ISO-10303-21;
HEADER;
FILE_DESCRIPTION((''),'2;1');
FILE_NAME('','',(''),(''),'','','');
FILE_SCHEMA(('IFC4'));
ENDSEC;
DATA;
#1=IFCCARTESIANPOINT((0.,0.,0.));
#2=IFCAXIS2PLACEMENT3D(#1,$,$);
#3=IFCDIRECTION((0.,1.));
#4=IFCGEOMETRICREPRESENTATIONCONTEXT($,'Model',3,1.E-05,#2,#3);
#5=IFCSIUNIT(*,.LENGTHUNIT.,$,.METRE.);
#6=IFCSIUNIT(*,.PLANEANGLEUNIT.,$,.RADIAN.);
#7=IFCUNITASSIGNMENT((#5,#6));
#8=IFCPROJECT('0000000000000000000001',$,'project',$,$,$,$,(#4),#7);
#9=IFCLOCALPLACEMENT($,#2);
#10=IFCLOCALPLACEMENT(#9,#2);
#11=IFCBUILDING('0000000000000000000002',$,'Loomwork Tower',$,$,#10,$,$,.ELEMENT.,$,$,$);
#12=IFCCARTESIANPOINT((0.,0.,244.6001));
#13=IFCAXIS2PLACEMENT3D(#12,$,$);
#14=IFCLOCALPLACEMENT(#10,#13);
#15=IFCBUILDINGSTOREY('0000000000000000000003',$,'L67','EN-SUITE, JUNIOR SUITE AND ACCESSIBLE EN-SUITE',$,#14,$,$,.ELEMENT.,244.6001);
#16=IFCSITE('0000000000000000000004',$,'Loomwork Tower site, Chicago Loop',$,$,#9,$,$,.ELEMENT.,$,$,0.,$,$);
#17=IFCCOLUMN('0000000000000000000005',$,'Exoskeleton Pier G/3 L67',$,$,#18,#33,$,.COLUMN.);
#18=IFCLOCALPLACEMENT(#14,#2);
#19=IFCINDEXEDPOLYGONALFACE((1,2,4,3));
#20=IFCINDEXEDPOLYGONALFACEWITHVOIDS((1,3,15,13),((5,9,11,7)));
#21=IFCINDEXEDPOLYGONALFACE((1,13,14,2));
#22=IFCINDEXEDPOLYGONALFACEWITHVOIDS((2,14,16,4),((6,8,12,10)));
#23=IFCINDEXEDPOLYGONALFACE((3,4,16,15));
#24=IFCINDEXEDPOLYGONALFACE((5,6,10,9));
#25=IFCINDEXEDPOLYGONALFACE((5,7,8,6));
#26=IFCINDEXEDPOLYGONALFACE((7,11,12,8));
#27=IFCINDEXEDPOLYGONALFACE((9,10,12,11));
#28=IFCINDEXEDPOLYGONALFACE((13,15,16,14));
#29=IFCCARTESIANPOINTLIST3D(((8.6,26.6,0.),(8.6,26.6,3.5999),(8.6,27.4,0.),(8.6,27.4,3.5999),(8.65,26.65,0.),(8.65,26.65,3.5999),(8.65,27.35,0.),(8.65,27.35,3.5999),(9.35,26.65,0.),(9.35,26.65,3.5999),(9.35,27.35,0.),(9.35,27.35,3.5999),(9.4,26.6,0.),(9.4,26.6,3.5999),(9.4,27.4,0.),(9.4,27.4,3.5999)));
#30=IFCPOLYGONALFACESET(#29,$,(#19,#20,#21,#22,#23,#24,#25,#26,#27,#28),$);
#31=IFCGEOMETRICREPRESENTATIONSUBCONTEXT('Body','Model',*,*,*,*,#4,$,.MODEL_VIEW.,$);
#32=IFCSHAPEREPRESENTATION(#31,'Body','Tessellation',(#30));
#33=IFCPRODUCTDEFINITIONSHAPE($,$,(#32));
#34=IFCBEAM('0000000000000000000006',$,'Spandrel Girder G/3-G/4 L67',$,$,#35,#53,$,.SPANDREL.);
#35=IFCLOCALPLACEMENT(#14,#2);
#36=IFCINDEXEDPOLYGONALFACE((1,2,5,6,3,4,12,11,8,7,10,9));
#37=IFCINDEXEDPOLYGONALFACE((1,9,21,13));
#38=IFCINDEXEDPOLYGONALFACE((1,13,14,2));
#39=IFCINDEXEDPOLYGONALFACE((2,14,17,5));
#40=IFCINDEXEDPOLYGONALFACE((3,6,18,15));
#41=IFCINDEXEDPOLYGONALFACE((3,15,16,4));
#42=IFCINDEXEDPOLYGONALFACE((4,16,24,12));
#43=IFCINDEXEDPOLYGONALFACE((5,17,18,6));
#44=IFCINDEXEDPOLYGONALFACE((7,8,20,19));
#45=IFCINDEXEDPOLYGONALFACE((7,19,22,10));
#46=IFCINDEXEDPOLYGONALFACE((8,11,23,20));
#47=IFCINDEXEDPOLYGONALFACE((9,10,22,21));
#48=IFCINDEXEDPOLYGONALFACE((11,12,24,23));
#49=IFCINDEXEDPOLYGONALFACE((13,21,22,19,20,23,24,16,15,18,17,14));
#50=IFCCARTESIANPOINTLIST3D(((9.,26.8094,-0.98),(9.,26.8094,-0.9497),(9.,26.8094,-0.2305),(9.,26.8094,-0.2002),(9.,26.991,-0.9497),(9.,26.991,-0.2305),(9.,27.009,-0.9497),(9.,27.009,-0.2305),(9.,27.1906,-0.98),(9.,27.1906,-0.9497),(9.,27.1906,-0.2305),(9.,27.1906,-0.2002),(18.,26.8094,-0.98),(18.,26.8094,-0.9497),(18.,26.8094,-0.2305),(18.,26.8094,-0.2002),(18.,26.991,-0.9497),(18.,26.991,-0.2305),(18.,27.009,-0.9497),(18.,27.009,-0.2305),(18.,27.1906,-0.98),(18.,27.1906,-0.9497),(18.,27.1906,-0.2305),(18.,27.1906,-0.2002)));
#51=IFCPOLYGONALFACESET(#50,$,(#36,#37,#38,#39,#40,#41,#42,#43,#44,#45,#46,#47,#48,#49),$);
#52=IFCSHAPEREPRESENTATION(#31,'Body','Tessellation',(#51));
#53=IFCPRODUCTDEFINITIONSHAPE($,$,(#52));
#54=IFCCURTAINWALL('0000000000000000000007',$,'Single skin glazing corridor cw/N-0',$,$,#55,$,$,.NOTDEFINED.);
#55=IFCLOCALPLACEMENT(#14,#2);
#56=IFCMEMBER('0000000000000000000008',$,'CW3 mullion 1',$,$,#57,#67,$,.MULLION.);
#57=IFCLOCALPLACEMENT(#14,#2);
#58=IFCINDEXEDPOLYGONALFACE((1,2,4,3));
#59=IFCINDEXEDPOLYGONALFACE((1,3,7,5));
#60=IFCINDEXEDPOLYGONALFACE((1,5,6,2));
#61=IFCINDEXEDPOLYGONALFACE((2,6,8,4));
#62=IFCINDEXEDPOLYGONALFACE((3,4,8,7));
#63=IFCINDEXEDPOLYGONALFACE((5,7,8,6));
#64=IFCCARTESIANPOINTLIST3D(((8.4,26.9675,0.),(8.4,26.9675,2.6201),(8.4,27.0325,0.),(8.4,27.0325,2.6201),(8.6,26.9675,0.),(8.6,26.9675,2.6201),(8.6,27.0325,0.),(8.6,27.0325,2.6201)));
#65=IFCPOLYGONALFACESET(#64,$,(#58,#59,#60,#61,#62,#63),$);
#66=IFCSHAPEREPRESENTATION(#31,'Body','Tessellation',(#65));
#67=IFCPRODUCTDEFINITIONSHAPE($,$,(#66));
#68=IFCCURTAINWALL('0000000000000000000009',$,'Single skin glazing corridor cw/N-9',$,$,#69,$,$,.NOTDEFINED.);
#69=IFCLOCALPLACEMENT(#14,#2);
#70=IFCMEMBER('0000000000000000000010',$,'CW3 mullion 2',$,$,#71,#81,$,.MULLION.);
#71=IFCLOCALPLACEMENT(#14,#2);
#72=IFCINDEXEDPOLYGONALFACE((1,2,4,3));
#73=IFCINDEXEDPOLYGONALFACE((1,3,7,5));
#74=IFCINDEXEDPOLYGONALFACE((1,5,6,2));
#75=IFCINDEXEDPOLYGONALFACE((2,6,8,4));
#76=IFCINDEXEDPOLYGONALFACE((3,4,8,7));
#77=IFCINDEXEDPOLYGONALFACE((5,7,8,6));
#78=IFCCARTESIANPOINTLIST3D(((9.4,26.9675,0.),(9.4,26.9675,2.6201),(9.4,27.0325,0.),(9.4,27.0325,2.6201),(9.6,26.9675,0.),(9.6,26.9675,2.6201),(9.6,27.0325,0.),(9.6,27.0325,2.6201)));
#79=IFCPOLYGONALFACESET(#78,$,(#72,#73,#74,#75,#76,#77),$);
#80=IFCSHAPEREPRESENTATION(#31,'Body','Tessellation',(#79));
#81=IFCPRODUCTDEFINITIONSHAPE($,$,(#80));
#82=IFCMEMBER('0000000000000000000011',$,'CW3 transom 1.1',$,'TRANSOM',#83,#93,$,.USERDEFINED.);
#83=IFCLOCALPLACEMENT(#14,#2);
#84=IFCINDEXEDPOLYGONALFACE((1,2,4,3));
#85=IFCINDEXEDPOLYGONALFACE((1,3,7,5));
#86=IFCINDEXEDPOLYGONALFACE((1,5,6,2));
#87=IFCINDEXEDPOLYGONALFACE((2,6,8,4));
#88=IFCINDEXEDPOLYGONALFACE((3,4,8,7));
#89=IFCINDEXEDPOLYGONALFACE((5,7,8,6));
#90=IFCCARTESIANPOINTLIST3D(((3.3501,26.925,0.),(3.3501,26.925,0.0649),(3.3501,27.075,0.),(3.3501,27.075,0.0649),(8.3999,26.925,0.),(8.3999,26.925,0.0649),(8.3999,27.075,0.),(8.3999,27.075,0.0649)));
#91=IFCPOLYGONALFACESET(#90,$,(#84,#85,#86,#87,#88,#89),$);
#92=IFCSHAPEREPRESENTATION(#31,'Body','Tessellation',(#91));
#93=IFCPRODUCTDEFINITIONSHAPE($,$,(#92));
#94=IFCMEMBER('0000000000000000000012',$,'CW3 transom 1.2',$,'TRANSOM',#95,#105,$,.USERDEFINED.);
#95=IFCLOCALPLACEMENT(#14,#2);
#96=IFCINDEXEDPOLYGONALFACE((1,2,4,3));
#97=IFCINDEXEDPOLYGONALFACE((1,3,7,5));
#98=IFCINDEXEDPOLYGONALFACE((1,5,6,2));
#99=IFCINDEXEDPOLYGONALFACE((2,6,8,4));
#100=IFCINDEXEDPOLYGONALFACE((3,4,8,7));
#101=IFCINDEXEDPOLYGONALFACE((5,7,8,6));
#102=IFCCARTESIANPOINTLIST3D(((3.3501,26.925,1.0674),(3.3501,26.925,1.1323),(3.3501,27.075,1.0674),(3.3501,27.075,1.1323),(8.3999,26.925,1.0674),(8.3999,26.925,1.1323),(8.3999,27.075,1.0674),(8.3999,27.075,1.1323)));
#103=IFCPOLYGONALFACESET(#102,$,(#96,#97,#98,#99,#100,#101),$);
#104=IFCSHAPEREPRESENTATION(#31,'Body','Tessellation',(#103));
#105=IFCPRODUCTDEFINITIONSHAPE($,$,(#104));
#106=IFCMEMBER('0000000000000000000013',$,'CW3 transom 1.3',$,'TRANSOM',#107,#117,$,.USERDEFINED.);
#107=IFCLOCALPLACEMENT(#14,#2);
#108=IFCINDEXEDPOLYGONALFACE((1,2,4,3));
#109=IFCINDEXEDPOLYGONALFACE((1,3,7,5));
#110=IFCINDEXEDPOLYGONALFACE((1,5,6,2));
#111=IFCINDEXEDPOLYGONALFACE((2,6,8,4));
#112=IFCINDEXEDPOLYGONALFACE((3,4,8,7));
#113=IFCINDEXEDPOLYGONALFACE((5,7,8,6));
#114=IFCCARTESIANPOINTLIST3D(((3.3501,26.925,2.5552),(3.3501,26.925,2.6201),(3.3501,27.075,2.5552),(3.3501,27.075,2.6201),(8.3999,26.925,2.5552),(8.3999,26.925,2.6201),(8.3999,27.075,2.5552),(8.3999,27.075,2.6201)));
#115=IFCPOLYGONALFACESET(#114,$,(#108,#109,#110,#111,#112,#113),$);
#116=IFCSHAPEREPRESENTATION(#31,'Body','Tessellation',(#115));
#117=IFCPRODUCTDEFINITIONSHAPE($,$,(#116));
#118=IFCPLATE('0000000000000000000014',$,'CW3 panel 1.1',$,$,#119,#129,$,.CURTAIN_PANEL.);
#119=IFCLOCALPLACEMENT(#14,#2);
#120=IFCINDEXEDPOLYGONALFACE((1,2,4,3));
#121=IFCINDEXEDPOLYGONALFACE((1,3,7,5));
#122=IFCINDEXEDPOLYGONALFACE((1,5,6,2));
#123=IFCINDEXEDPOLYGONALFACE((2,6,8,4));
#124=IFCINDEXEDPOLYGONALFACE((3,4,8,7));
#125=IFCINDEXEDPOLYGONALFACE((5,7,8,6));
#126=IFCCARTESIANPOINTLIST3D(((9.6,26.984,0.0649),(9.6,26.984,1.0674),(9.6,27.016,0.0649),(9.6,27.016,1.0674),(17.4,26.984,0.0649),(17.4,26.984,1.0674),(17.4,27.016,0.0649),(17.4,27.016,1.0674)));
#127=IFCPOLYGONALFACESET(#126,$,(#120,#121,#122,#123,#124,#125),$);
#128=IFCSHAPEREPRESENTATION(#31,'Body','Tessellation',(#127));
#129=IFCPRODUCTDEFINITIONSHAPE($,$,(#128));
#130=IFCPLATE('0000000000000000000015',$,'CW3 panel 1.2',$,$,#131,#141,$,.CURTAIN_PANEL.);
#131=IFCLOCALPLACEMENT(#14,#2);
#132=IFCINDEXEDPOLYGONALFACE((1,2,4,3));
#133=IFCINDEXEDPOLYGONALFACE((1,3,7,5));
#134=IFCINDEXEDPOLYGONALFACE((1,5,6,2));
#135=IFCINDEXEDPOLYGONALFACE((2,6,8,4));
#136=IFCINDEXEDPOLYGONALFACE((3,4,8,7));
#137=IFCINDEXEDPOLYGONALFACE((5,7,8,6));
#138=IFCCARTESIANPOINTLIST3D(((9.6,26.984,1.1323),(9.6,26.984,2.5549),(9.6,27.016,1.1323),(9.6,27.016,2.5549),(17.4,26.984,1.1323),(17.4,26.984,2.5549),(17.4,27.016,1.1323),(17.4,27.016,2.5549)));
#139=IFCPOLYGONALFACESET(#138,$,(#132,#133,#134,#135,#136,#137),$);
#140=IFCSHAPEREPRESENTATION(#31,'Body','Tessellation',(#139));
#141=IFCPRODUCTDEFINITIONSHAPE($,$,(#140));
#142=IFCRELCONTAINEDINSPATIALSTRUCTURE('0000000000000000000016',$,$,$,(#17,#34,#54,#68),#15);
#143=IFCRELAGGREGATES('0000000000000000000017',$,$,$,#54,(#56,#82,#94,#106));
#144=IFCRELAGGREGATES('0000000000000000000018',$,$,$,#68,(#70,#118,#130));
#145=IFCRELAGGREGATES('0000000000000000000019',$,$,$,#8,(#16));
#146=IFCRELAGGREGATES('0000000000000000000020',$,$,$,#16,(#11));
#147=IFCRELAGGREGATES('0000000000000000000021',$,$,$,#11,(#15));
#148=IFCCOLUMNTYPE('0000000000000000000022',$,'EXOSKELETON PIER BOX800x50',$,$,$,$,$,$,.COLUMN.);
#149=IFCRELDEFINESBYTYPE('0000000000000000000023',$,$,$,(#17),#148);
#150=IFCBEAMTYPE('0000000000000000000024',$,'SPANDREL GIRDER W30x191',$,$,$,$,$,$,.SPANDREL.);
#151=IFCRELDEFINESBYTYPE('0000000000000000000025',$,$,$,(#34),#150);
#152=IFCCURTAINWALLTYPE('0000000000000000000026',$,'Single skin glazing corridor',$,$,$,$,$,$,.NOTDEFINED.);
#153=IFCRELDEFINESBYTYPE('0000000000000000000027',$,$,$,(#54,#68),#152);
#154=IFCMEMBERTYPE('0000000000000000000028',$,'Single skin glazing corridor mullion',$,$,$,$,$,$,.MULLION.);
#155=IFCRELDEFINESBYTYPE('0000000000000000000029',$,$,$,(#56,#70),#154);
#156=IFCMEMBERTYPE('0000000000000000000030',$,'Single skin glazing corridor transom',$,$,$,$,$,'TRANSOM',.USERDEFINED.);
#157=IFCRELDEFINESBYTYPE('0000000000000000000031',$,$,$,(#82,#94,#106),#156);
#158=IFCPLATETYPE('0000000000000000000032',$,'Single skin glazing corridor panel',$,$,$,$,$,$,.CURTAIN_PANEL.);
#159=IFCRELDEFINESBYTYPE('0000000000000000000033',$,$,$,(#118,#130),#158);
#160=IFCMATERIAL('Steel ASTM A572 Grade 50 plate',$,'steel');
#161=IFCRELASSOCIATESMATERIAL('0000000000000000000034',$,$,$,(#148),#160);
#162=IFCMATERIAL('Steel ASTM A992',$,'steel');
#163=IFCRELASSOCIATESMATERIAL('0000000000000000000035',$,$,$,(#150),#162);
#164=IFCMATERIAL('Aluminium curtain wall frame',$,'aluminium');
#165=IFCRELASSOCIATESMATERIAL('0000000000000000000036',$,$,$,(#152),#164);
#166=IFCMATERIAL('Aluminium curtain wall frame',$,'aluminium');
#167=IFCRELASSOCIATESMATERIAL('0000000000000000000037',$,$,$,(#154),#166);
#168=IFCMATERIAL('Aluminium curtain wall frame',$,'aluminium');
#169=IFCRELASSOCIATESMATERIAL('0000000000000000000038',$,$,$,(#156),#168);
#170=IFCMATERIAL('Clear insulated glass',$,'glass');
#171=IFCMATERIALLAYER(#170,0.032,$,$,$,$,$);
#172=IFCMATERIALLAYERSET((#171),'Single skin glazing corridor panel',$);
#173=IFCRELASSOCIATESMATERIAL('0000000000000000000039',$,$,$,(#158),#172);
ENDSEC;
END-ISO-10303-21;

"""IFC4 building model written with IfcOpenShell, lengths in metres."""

from ifc_helpers import new_model, si_unit, direction, frame, origin, origin_2d, place, context, subcontext, project, spatial, rectangle, hollow_rectangle, i_section, extrude, material, layer, layer_set, material_profile, profile_set, type_object, element, aggregate, save


model = new_model("IFC4")

# Units and contexts
model_context = context("Model", 3, precision=1e-05, world=origin(), true_north=direction((0.0, 1.0)))
body_context = subcontext(model_context, "Body", "Model", "MODEL_VIEW")
ifc_project = project(units=[si_unit("LENGTHUNIT", "METRE"), si_unit("PLANEANGLEUNIT", "RADIAN")], contexts=[model_context])

# Site, building, storey
site_placement = place(None, origin())
site = spatial("IfcSite", under=ifc_project, at=site_placement, Name="Loomwork Tower site, Chicago Loop", CompositionType="ELEMENT", RefElevation=0.0)
building_placement = place(site_placement, origin())
building = spatial("IfcBuilding", under=site, at=building_placement, Name="Loomwork Tower", CompositionType="ELEMENT")
storey_placement = place(building_placement, frame((0.0, 0.0, 244.6001)))
storey = spatial("IfcBuildingStorey", under=building, at=storey_placement, Name="L67", Description="EN-SUITE, JUNIOR SUITE AND ACCESSIBLE EN-SUITE", CompositionType="ELEMENT", Elevation=244.6001)

# Column
ifc_material_1 = material(Name="Steel ASTM A572 Grade 50 plate", Category="steel")
ifc_material_profile_1 = material_profile(ifc_material_1, hollow_rectangle(XDim=0.8, YDim=0.8, WallThickness=0.05, at=origin_2d()), Name="BOX800x50")
ifc_profile_set_1 = profile_set([ifc_material_profile_1], Name="Steel ASTM A572 Grade 50 plate")
column_type = type_object("IfcColumnType", Name="EXOSKELETON PIER BOX800x50", PredefinedType="COLUMN", material=ifc_profile_set_1)
column_placement = place(storey_placement, frame((9.0, 27.0, 0.0), z_axis=(0.0, 0.0, 1.0), x_axis=(1.0, 0.0, 0.0)))
element("IfcColumn", 1, at=column_placement, inside=storey, type_object=column_type, Name="Exoskeleton Pier G/3 L67", PredefinedType="COLUMN", context=body_context, shape_type="SweptSolid", body=[
    extrude(hollow_rectangle(XDim=0.8, YDim=0.8, WallThickness=0.05, at=origin_2d()), origin(), (0.0, 0.0, 1.0), 3.5999),
])

# Beam
ifc_material_2 = material(Name="Steel ASTM A992", Category="steel")
ifc_material_profile_2 = material_profile(ifc_material_2, i_section(OverallWidth=0.3811, OverallDepth=0.7798, WebThickness=0.0181, FlangeThickness=0.0303, at=origin_2d()), Name="W30x191")
ifc_profile_set_2 = profile_set([ifc_material_profile_2], Name="Steel ASTM A992")
beam_type = type_object("IfcBeamType", Name="SPANDREL GIRDER W30x191", PredefinedType="SPANDREL", material=ifc_profile_set_2)
beam_placement = place(storey_placement, frame((9.0, 27.0, -0.5901), z_axis=(1.0, 0.0, 0.0), x_axis=(0.0, 1.0, 0.0)))
element("IfcBeam", 2, at=beam_placement, inside=storey, type_object=beam_type, Name="Spandrel Girder G/3-G/4 L67", PredefinedType="SPANDREL", context=body_context, shape_type="SweptSolid", body=[
    extrude(i_section(OverallWidth=0.3811, OverallDepth=0.7798, WebThickness=0.0181, FlangeThickness=0.0303, at=origin_2d()), origin(), (0.0, 0.0, 1.0), 9.0),
])

# Curtain walls, members
ifc_material_3 = material(Name="Aluminium curtain wall frame", Category="aluminium")
curtain_wall_type = type_object("IfcCurtainWallType", Name="Single skin glazing corridor", PredefinedType="NOTDEFINED", material=ifc_material_3)
curtain_wall_1_placement = place(storey_placement, origin())
curtain_wall_1 = element("IfcCurtainWall", 3, at=curtain_wall_1_placement, inside=storey, type_object=curtain_wall_type, Name="Single skin glazing corridor cw/N-0", PredefinedType="NOTDEFINED")
ifc_material_4 = material(Name="Aluminium curtain wall frame", Category="aluminium")
ifc_material_profile_3 = material_profile(ifc_material_4, rectangle(XDim=0.0649, YDim=0.2, at=origin_2d()), Name="AL 65x200")
ifc_profile_set_3 = profile_set([ifc_material_profile_3], Name="Aluminium curtain wall frame")
member_type_1 = type_object("IfcMemberType", Name="Single skin glazing corridor mullion", PredefinedType="MULLION", material=ifc_profile_set_3)
member_1_placement = place(storey_placement, frame((8.5, 27.0, 0.0), z_axis=(0.0, 0.0, 1.0), x_axis=(0.0, -1.0, 0.0)))
member_1 = element("IfcMember", 4, at=member_1_placement, type_object=member_type_1, Name="CW3 mullion 1", PredefinedType="MULLION", context=body_context, shape_type="SweptSolid", body=[
    extrude(rectangle(XDim=0.0649, YDim=0.2, at=origin_2d()), origin(), (0.0, 0.0, 1.0), 2.6201),
])
curtain_wall_2_placement = place(storey_placement, origin())
curtain_wall_2 = element("IfcCurtainWall", 5, at=curtain_wall_2_placement, inside=storey, type_object=curtain_wall_type, Name="Single skin glazing corridor cw/N-9", PredefinedType="NOTDEFINED")
member_2_placement = place(storey_placement, frame((9.5, 27.0, 0.0), z_axis=(0.0, 0.0, 1.0), x_axis=(0.0, -1.0, 0.0)))
member_2 = element("IfcMember", 6, at=member_2_placement, type_object=member_type_1, Name="CW3 mullion 2", PredefinedType="MULLION", context=body_context, shape_type="SweptSolid", body=[
    extrude(rectangle(XDim=0.0649, YDim=0.2, at=origin_2d()), origin(), (0.0, 0.0, 1.0), 2.6201),
])

# Members
ifc_material_5 = material(Name="Aluminium curtain wall frame", Category="aluminium")
ifc_material_profile_4 = material_profile(ifc_material_5, rectangle(XDim=0.1499, YDim=0.0649, at=origin_2d()), Name="AL 65x150")
ifc_profile_set_4 = profile_set([ifc_material_profile_4], Name="Aluminium curtain wall frame")
member_type_2 = type_object("IfcMemberType", Name="Single skin glazing corridor transom", ElementType="TRANSOM", PredefinedType="USERDEFINED", material=ifc_profile_set_4)
member_3_placement = place(storey_placement, frame((8.3999, 27.0, 0.0325), z_axis=(-1.0, 0.0, 0.0), x_axis=(0.0, -1.0, 0.0)))
member_3 = element("IfcMember", 7, at=member_3_placement, type_object=member_type_2, Name="CW3 transom 1.1", ObjectType="TRANSOM", PredefinedType="USERDEFINED", context=body_context, shape_type="SweptSolid", body=[
    extrude(rectangle(XDim=0.1499, YDim=0.0649, at=origin_2d()), origin(), (0.0, 0.0, 1.0), 5.0498),
])
member_4_placement = place(storey_placement, frame((8.3999, 27.0, 1.0999), z_axis=(-1.0, 0.0, 0.0), x_axis=(0.0, -1.0, 0.0)))
member_4 = element("IfcMember", 8, at=member_4_placement, type_object=member_type_2, Name="CW3 transom 1.2", ObjectType="TRANSOM", PredefinedType="USERDEFINED", context=body_context, shape_type="SweptSolid", body=[
    extrude(rectangle(XDim=0.1499, YDim=0.0649, at=origin_2d()), origin(), (0.0, 0.0, 1.0), 5.0498),
])
member_5_placement = place(storey_placement, frame((8.3999, 27.0, 2.5876), z_axis=(-1.0, 0.0, 0.0), x_axis=(0.0, -1.0, 0.0)))
member_5 = element("IfcMember", 9, at=member_5_placement, type_object=member_type_2, Name="CW3 transom 1.3", ObjectType="TRANSOM", PredefinedType="USERDEFINED", context=body_context, shape_type="SweptSolid", body=[
    extrude(rectangle(XDim=0.1499, YDim=0.0649, at=origin_2d()), origin(), (0.0, 0.0, 1.0), 5.0498),
])
aggregate(curtain_wall_1, [member_1, member_3, member_4, member_5])

# Plates
ifc_material_6 = material(Name="Clear insulated glass", Category="glass")
ifc_layer_1 = layer(ifc_material_6, 0.032)
ifc_layer_set_1 = layer_set([ifc_layer_1], Name="Single skin glazing corridor panel")
plate_type = type_object("IfcPlateType", Name="Single skin glazing corridor panel", PredefinedType="CURTAIN_PANEL", material=ifc_layer_set_1)
plate_1_placement = place(storey_placement, frame((13.5, 27.0, 0.0649), z_axis=(0.0, 0.0, 1.0), x_axis=(-1.0, 0.0, 0.0)))
plate_1 = element("IfcPlate", 10, at=plate_1_placement, type_object=plate_type, Name="CW3 panel 1.1", PredefinedType="CURTAIN_PANEL", context=body_context, shape_type="SweptSolid", body=[
    extrude(rectangle(XDim=7.8, YDim=0.032, at=origin_2d()), origin(), (0.0, 0.0, 1.0), 1.0024),
])
plate_2_placement = place(storey_placement, frame((13.5, 27.0, 1.1323), z_axis=(0.0, 0.0, 1.0), x_axis=(-1.0, 0.0, 0.0)))
plate_2 = element("IfcPlate", 11, at=plate_2_placement, type_object=plate_type, Name="CW3 panel 1.2", PredefinedType="CURTAIN_PANEL", context=body_context, shape_type="SweptSolid", body=[
    extrude(rectangle(XDim=7.8, YDim=0.032, at=origin_2d()), origin(), (0.0, 0.0, 1.0), 1.4226),
])
aggregate(curtain_wall_2, [member_2, plate_1, plate_2])

save(model, "model.ifc")
